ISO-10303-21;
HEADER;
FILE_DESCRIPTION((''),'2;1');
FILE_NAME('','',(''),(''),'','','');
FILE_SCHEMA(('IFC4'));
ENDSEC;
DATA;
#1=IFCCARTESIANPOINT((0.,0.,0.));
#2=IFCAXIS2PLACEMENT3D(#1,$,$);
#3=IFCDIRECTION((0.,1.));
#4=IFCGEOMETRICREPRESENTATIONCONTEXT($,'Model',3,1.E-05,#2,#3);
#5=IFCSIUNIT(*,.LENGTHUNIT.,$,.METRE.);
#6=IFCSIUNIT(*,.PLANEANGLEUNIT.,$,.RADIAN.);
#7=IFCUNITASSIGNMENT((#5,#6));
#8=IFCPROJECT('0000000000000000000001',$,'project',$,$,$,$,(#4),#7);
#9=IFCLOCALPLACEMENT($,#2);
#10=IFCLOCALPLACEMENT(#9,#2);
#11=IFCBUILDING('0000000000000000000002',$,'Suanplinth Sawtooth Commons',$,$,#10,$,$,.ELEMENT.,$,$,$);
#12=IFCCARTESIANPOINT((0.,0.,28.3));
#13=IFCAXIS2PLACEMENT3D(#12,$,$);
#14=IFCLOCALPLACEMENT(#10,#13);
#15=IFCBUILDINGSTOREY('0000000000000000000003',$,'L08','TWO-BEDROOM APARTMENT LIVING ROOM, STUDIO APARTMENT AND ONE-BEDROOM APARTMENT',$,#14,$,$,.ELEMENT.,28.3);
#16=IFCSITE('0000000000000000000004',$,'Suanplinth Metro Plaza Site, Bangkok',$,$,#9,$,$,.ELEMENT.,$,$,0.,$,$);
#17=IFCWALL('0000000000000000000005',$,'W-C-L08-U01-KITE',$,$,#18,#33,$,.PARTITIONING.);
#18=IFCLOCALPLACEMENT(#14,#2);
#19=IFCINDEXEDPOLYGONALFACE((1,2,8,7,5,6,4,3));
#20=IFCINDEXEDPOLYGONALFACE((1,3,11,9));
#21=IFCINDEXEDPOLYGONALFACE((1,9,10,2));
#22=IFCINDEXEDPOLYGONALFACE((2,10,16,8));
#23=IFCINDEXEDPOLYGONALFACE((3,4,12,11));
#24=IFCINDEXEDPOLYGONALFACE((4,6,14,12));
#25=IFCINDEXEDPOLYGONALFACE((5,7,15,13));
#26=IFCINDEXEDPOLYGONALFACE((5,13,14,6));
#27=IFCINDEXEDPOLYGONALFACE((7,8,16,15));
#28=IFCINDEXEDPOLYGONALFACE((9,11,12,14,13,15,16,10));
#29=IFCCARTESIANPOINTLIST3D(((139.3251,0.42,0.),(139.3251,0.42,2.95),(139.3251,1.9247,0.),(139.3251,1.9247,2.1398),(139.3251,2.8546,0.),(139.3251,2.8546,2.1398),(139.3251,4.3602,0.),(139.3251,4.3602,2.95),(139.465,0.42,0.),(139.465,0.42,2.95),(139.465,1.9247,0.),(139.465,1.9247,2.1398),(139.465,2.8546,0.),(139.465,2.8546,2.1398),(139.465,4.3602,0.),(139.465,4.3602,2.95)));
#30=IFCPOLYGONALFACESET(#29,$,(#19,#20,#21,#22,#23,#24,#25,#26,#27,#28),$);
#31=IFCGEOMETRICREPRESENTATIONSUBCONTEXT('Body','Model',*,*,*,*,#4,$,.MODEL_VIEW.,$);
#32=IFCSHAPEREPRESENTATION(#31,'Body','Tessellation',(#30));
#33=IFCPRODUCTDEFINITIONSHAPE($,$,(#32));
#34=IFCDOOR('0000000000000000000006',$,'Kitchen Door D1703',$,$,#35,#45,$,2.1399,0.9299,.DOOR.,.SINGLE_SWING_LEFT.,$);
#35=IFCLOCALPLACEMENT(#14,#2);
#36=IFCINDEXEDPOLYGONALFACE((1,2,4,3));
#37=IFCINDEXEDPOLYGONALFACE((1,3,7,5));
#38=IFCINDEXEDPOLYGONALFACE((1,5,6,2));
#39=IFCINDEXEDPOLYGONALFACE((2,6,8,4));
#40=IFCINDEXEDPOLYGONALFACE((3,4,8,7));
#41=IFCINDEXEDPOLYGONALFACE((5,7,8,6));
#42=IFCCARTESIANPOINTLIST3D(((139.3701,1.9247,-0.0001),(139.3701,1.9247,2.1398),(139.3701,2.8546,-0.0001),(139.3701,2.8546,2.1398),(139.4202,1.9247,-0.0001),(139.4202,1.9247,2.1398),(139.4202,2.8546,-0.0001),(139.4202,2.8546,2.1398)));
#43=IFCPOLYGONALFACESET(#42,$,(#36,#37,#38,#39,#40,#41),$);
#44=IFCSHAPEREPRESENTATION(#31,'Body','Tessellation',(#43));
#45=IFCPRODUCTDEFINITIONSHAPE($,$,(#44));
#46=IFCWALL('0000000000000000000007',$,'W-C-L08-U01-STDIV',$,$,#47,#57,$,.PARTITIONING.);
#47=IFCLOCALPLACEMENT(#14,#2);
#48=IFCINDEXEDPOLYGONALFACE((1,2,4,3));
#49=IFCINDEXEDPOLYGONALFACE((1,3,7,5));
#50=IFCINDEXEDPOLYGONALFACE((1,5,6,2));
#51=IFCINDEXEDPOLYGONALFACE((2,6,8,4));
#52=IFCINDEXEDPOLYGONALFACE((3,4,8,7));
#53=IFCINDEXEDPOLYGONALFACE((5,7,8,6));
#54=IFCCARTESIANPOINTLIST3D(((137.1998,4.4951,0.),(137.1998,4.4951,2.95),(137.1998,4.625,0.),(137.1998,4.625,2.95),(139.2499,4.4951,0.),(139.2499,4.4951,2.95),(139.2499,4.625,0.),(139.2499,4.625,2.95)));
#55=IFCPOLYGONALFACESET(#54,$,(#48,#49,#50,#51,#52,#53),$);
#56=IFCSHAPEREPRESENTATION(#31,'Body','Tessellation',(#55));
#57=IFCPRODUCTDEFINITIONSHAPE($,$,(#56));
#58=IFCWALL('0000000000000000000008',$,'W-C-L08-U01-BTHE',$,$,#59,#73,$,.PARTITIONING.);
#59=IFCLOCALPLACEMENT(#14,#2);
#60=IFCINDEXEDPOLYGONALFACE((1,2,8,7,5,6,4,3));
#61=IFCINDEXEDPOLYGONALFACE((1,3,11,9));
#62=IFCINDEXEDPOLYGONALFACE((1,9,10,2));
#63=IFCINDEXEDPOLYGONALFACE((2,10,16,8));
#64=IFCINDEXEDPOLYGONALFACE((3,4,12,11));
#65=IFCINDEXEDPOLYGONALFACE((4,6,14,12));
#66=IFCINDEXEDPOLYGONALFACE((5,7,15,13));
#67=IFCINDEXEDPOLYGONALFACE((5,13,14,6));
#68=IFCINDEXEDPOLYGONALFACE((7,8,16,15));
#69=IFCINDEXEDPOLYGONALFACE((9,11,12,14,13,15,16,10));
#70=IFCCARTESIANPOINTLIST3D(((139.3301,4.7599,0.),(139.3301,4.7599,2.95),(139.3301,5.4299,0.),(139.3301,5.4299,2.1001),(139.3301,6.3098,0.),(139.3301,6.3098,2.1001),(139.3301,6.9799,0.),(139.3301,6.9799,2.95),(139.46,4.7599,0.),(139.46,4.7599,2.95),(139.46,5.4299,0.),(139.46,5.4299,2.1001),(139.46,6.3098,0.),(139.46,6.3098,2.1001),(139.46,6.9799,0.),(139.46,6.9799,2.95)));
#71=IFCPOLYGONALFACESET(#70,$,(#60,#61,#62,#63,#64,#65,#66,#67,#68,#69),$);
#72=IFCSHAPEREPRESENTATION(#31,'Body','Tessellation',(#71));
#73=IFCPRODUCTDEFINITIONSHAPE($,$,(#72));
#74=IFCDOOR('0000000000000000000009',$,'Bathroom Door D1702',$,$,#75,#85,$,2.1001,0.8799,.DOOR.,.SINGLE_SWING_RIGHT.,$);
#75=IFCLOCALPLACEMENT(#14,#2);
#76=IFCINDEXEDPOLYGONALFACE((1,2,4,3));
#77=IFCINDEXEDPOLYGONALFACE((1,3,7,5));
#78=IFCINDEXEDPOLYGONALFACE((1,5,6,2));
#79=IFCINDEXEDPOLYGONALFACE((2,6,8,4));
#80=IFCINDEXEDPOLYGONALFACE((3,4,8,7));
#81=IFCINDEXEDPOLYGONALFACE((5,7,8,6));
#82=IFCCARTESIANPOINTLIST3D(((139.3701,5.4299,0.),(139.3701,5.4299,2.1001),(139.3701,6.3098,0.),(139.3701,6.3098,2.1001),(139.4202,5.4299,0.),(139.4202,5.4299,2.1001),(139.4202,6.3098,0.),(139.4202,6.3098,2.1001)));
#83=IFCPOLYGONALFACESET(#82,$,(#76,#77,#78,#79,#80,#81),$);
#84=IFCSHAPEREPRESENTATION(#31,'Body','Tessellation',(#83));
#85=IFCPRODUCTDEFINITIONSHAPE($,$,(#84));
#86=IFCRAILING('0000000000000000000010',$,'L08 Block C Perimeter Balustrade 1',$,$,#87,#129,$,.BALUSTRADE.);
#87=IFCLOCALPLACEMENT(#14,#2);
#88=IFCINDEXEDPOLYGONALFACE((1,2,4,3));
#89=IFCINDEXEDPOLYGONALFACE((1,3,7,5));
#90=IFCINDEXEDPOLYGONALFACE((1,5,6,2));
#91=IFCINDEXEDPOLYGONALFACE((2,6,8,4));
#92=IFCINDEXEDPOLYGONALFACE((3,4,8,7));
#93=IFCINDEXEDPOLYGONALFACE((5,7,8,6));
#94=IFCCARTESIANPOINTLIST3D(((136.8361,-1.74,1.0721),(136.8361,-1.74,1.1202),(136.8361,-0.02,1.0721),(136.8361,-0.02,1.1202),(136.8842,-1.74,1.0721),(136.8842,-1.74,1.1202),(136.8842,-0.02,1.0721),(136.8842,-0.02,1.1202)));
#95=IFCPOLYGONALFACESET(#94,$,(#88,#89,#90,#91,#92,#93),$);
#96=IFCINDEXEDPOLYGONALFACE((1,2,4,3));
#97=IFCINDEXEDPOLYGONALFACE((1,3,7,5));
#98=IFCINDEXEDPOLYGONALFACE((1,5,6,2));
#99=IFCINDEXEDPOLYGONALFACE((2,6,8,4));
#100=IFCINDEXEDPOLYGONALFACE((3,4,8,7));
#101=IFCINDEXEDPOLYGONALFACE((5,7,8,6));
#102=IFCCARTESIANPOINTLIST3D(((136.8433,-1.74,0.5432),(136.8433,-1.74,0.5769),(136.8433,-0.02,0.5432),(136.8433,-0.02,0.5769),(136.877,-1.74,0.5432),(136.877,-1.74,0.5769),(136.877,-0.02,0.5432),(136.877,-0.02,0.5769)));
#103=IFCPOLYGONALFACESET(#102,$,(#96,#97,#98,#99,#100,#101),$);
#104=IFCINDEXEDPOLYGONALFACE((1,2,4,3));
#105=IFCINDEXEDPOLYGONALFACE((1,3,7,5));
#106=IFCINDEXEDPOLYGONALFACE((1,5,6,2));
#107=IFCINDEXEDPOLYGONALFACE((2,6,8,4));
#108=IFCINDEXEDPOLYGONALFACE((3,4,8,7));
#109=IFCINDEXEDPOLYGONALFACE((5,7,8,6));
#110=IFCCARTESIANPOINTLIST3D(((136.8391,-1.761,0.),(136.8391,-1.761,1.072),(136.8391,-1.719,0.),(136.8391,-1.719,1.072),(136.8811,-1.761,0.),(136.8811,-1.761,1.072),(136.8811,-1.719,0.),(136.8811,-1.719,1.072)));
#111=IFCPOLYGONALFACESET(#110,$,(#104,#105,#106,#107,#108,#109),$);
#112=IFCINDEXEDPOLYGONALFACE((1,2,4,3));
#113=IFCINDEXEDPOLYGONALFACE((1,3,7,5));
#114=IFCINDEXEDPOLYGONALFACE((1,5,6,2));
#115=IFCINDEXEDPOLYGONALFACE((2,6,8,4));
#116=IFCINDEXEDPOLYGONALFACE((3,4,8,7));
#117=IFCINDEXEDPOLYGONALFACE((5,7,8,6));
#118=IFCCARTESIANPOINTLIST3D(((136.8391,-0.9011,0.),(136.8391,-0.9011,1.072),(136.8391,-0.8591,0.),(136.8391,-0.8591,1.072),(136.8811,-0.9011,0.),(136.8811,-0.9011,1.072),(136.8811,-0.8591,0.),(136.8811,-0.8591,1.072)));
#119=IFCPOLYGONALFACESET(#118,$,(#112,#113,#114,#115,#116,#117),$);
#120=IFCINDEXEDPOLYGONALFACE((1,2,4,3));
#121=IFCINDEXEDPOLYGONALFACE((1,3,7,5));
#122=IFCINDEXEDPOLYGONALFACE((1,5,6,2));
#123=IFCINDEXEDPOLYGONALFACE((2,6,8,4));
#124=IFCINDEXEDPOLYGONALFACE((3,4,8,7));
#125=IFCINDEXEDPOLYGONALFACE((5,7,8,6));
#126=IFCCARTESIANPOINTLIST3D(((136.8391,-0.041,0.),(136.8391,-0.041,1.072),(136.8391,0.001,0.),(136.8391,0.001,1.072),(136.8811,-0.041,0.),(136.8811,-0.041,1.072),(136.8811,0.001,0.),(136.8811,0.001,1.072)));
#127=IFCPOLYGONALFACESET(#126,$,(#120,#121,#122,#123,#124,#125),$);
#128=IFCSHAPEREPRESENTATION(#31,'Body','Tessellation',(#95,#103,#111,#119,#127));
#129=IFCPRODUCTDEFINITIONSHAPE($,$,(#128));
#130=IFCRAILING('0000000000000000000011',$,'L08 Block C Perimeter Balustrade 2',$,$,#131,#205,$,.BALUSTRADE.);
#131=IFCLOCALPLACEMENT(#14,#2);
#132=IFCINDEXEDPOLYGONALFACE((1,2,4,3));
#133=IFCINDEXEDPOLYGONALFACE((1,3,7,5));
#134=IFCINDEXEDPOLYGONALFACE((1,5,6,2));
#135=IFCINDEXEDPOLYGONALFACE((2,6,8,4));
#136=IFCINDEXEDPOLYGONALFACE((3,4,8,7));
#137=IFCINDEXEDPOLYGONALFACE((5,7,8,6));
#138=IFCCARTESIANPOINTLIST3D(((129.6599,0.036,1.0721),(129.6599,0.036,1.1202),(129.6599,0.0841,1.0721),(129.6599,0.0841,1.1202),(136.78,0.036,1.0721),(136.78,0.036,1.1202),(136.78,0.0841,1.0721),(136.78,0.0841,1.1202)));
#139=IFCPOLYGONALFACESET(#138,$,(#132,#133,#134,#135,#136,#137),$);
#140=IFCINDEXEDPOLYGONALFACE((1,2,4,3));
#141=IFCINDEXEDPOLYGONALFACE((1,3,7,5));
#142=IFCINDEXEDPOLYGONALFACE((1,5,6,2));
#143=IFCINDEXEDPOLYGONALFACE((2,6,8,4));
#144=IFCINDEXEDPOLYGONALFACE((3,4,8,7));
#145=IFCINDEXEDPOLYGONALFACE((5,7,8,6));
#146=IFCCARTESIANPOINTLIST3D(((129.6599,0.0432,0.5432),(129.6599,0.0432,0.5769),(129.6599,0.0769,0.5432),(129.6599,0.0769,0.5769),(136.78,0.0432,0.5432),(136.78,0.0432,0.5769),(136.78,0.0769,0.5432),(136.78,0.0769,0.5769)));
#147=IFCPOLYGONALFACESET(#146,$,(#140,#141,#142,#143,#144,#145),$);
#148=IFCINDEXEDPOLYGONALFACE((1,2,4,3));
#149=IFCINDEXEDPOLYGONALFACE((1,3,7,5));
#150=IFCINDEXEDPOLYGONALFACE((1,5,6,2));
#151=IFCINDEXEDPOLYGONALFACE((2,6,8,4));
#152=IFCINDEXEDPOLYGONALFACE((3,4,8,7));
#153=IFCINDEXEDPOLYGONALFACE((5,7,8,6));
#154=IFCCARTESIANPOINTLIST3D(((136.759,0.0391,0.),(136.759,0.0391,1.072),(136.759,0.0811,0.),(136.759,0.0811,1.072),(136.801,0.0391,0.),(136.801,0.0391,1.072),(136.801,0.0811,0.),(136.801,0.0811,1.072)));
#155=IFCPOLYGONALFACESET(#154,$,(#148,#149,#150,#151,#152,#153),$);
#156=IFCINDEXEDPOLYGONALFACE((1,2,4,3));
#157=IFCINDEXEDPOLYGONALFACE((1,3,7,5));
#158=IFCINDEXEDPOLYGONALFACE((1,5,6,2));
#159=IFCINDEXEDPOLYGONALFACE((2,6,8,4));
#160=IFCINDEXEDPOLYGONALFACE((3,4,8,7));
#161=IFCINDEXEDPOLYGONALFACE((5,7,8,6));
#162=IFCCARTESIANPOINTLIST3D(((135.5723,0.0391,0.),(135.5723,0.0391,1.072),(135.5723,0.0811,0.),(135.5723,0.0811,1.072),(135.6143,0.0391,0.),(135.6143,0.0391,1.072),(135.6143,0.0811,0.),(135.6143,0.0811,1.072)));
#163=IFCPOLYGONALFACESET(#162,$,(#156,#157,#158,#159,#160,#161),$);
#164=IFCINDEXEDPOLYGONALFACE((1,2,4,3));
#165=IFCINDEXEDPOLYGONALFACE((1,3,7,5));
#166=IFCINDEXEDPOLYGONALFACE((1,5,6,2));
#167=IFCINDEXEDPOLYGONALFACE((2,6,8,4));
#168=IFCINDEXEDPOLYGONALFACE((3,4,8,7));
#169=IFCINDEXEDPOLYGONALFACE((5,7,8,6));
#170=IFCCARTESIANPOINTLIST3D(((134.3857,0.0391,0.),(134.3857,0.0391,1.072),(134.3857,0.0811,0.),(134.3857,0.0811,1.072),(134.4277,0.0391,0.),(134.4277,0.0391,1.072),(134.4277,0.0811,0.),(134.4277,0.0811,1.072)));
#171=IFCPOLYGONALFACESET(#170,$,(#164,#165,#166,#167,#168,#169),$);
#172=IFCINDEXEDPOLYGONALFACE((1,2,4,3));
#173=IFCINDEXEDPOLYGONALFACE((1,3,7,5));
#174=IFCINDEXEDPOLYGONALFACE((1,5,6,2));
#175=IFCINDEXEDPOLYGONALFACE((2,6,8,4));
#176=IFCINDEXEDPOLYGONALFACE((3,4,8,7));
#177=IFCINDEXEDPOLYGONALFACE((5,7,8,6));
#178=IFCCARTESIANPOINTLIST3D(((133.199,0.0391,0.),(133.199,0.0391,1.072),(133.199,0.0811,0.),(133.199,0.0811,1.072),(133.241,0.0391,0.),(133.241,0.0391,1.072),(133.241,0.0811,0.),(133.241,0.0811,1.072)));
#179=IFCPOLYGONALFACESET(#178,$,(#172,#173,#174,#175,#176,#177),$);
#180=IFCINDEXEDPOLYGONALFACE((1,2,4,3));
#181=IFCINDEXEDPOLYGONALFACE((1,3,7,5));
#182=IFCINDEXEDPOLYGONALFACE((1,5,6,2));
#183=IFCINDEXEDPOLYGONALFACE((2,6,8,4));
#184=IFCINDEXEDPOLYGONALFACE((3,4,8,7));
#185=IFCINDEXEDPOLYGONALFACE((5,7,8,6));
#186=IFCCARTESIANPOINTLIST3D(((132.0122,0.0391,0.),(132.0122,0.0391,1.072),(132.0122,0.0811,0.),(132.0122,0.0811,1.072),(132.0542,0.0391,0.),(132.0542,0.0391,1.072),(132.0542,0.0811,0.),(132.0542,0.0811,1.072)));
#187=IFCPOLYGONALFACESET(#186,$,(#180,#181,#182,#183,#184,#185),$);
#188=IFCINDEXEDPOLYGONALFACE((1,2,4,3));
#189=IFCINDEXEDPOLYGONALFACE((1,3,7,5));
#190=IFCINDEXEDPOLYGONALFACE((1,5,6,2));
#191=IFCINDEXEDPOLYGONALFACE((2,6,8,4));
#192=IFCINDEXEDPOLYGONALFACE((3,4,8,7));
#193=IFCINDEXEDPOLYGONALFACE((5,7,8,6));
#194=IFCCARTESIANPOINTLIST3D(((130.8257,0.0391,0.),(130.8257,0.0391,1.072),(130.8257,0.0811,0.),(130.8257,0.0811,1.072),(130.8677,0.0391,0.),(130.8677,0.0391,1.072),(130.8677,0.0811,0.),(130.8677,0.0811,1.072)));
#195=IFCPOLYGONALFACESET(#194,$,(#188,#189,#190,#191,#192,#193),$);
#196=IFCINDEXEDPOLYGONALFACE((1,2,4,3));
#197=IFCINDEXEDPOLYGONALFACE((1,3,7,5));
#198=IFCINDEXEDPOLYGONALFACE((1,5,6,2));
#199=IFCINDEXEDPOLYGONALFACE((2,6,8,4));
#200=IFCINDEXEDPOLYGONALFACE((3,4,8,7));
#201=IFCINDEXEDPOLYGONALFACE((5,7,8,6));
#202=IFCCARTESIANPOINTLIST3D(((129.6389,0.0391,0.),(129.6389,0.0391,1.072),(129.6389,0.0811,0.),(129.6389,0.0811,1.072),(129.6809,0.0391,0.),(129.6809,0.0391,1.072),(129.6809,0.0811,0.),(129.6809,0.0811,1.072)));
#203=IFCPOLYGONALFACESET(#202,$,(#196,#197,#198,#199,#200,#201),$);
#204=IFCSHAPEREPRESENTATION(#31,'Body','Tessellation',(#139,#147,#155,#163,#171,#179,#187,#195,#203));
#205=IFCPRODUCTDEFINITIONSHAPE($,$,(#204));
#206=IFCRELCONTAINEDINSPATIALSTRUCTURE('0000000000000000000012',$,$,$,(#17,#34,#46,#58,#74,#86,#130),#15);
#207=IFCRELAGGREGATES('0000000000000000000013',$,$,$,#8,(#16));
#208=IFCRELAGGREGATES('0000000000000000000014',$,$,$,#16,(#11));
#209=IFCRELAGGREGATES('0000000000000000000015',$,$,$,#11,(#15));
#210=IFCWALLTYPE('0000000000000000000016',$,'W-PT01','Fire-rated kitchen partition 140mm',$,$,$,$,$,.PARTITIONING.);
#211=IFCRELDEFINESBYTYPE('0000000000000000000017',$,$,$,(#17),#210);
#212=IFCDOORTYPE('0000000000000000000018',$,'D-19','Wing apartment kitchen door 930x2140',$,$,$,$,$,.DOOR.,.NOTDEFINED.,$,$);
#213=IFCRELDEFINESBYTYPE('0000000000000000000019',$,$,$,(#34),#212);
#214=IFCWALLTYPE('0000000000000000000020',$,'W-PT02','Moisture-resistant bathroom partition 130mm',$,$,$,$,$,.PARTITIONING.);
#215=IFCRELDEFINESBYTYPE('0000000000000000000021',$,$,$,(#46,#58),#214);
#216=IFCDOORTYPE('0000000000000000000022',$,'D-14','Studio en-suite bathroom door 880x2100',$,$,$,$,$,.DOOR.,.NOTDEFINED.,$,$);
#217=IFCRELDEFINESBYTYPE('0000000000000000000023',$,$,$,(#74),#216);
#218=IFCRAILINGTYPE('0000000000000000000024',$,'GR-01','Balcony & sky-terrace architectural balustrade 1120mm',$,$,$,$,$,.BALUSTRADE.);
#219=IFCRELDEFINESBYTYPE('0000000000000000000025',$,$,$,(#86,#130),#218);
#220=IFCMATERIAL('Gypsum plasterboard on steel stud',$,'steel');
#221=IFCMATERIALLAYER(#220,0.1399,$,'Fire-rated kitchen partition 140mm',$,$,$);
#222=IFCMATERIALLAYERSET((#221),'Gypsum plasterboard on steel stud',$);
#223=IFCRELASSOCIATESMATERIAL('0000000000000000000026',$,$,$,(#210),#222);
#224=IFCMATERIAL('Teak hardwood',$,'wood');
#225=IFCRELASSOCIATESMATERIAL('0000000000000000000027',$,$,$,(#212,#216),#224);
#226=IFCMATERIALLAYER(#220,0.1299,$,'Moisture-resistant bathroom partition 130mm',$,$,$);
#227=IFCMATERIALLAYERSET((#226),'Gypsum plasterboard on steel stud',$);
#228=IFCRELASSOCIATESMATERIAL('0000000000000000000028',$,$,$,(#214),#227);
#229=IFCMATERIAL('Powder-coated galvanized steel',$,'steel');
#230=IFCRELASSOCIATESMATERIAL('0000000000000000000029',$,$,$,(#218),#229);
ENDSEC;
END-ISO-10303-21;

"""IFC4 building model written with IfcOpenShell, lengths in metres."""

from ifc_helpers import new_model, si_unit, direction, frame, frame_2d, origin, origin_2d, place, context, subcontext, project, spatial, rectangle, extrude, material, layer, layer_set, type_object, element, fill, save


model = new_model("IFC4")

# Units and contexts
model_context = context("Model", 3, precision=1e-05, world=origin(), true_north=direction((0.0, 1.0)))
body_context = subcontext(model_context, "Body", "Model", "MODEL_VIEW")
ifc_project = project(units=[si_unit("LENGTHUNIT", "METRE"), si_unit("PLANEANGLEUNIT", "RADIAN")], contexts=[model_context])

# Site, building, storey
site_placement = place(None, origin())
site = spatial("IfcSite", under=ifc_project, at=site_placement, Name="Suanplinth Metro Plaza Site, Bangkok", CompositionType="ELEMENT", RefElevation=0.0)
building_placement = place(site_placement, origin())
building = spatial("IfcBuilding", under=site, at=building_placement, Name="Suanplinth Sawtooth Commons", CompositionType="ELEMENT")
storey_placement = place(building_placement, frame((0.0, 0.0, 28.3)))
storey = spatial("IfcBuildingStorey", under=building, at=storey_placement, Name="L08", Description="TWO-BEDROOM APARTMENT LIVING ROOM, STUDIO APARTMENT AND ONE-BEDROOM APARTMENT", CompositionType="ELEMENT", Elevation=28.3)

# Wall, opening, door
ifc_material_1 = material(Name="Gypsum plasterboard on steel stud", Category="steel")
ifc_layer_1 = layer(ifc_material_1, 0.1399, Name="Fire-rated kitchen partition 140mm")
ifc_layer_set_1 = layer_set([ifc_layer_1], Name="Gypsum plasterboard on steel stud")
wall_type_1 = type_object("IfcWallType", Name="W-PT01", Description="Fire-rated kitchen partition 140mm", PredefinedType="PARTITIONING", material=ifc_layer_set_1)
wall_1_placement = place(storey_placement, frame((139.395, 0.4199, 0.0), z_axis=(0.0, 0.0, 1.0), x_axis=(0.0, 1.0, 0.0)))
wall_1 = element("IfcWall", 1, at=wall_1_placement, inside=storey, type_object=wall_type_1, Name="W-C-L08-U01-KITE", PredefinedType="PARTITIONING", context=body_context, shape_type="SweptSolid", body=[
    extrude(rectangle(XDim=3.9402, YDim=0.1399, at=frame_2d((1.9702, 0.0))), origin(), (0.0, 0.0, 1.0), 2.95),
])
opening_1_placement = place(wall_1_placement, frame((1.5049, 0.0, 0.0)))
opening_1 = element("IfcOpeningElement", 2, at=opening_1_placement, cuts=wall_1, PredefinedType="OPENING", context=body_context, shape_type="SweptSolid", body=[
    extrude(rectangle(XDim=0.9299, YDim=2.1399, at=frame_2d((0.4648, 1.0698))), frame((0.0, 0.085, 0.0), z_axis=(0.0, -1.0, 0.0), x_axis=(1.0, 0.0, 0.0)), (0.0, 0.0, 1.0), 0.1697),
])
ifc_material_2 = material(Name="Teak hardwood", Category="wood")
door_type_1 = type_object("IfcDoorType", Name="D-19", Description="Wing apartment kitchen door 930x2140", OperationType="NOTDEFINED", PredefinedType="DOOR", material=ifc_material_2)
door_1_placement = place(opening_1_placement, origin())
door_1 = element("IfcDoor", 3, at=door_1_placement, inside=storey, type_object=door_type_1, Name="Kitchen Door D1703", OperationType="SINGLE_SWING_LEFT", OverallHeight=2.1399, OverallWidth=0.9299, PredefinedType="DOOR", context=body_context, shape_type="SweptSolid", body=[
    extrude(rectangle(XDim=0.9299, YDim=2.1399, at=frame_2d((0.4648, 1.0698))), frame((0.0, 0.0249, 0.0), z_axis=(0.0, -1.0, 0.0), x_axis=(1.0, 0.0, 0.0)), (0.0, 0.0, 1.0), 0.05),
])
fill(opening_1, door_1)

# Wall
ifc_layer_2 = layer(ifc_material_1, 0.1299, Name="Moisture-resistant bathroom partition 130mm")
ifc_layer_set_2 = layer_set([ifc_layer_2], Name="Gypsum plasterboard on steel stud")
wall_type_2 = type_object("IfcWallType", Name="W-PT02", Description="Moisture-resistant bathroom partition 130mm", PredefinedType="PARTITIONING", material=ifc_layer_set_2)
wall_2_placement = place(storey_placement, frame((137.2, 4.5601, 0.0), z_axis=(0.0, 0.0, 1.0), x_axis=(1.0, 0.0, 0.0)))
element("IfcWall", 4, at=wall_2_placement, inside=storey, type_object=wall_type_2, Name="W-C-L08-U01-STDIV", PredefinedType="PARTITIONING", context=body_context, shape_type="SweptSolid", body=[
    extrude(rectangle(XDim=2.05, YDim=0.1299, at=frame_2d((1.0249, 0.0))), origin(), (0.0, 0.0, 1.0), 2.95),
])

# Wall, opening, door
wall_3_placement = place(storey_placement, frame((139.395, 4.76, 0.0), z_axis=(0.0, 0.0, 1.0), x_axis=(0.0, 1.0, 0.0)))
wall_3 = element("IfcWall", 5, at=wall_3_placement, inside=storey, type_object=wall_type_2, Name="W-C-L08-U01-BTHE", PredefinedType="PARTITIONING", context=body_context, shape_type="SweptSolid", body=[
    extrude(rectangle(XDim=2.22, YDim=0.1299, at=frame_2d((1.1099, 0.0))), origin(), (0.0, 0.0, 1.0), 2.95),
])
opening_2_placement = place(wall_3_placement, frame((0.6699, 0.0, 0.0)))
opening_2 = element("IfcOpeningElement", 6, at=opening_2_placement, cuts=wall_3, PredefinedType="OPENING", context=body_context, shape_type="SweptSolid", body=[
    extrude(rectangle(XDim=0.8799, YDim=2.1001, at=frame_2d((0.4399, 1.05))), frame((0.0, 0.0798, 0.0), z_axis=(0.0, -1.0, 0.0), x_axis=(1.0, 0.0, 0.0)), (0.0, 0.0, 1.0), 0.1597),
])
door_type_2 = type_object("IfcDoorType", Name="D-14", Description="Studio en-suite bathroom door 880x2100", OperationType="NOTDEFINED", PredefinedType="DOOR", material=ifc_material_2)
door_2_placement = place(opening_2_placement, origin())
door_2 = element("IfcDoor", 7, at=door_2_placement, inside=storey, type_object=door_type_2, Name="Bathroom Door D1702", OperationType="SINGLE_SWING_RIGHT", OverallHeight=2.1001, OverallWidth=0.8799, PredefinedType="DOOR", context=body_context, shape_type="SweptSolid", body=[
    extrude(rectangle(XDim=0.8799, YDim=2.1001, at=frame_2d((0.4399, 1.05))), frame((0.0, 0.0249, 0.0), z_axis=(0.0, -1.0, 0.0), x_axis=(1.0, 0.0, 0.0)), (0.0, 0.0, 1.0), 0.05),
])
fill(opening_2, door_2)

# Railings
ifc_material_3 = material(Name="Powder-coated galvanized steel", Category="steel")
railing_type = type_object("IfcRailingType", Name="GR-01", Description="Balcony & sky-terrace architectural balustrade 1120mm", PredefinedType="BALUSTRADE", material=ifc_material_3)
railing_1_placement = place(storey_placement, frame((136.8601, -1.74, 0.0)))
element("IfcRailing", 8, at=railing_1_placement, inside=storey, type_object=railing_type, Name="L08 Block C Perimeter Balustrade 1", PredefinedType="BALUSTRADE", context=body_context, shape_type="SweptSolid", body=[
    extrude(rectangle(XDim=0.0481, YDim=0.0481, at=origin_2d()), frame((0.0, 0.0, 1.0962), z_axis=(0.0, 1.0, 0.0), x_axis=(-1.0, 0.0, 0.0)), (0.0, 0.0, 1.0), 1.72),
    extrude(rectangle(XDim=0.0337, YDim=0.0337, at=origin_2d()), frame((0.0, 0.0, 0.5601), z_axis=(0.0, 1.0, 0.0), x_axis=(-1.0, 0.0, 0.0)), (0.0, 0.0, 1.0), 1.72),
    extrude(rectangle(XDim=0.042, YDim=0.042, at=origin_2d()), origin(), (0.0, 0.0, 1.0), 1.072),
    extrude(rectangle(XDim=0.042, YDim=0.042, at=origin_2d()), frame((0.0, 0.8599, 0.0)), (0.0, 0.0, 1.0), 1.072),
    extrude(rectangle(XDim=0.042, YDim=0.042, at=origin_2d()), frame((0.0, 1.72, 0.0)), (0.0, 0.0, 1.0), 1.072),
])
railing_2_placement = place(storey_placement, frame((136.78, 0.0601, 0.0)))
element("IfcRailing", 9, at=railing_2_placement, inside=storey, type_object=railing_type, Name="L08 Block C Perimeter Balustrade 2", PredefinedType="BALUSTRADE", context=body_context, shape_type="SweptSolid", body=[
    extrude(rectangle(XDim=0.0481, YDim=0.0481, at=origin_2d()), frame((0.0, 0.0, 1.0962), z_axis=(-1.0, 0.0, 0.0), x_axis=(0.0, -1.0, 0.0)), (0.0, 0.0, 1.0), 7.1201),
    extrude(rectangle(XDim=0.0337, YDim=0.0337, at=origin_2d()), frame((0.0, 0.0, 0.5601), z_axis=(-1.0, 0.0, 0.0), x_axis=(0.0, -1.0, 0.0)), (0.0, 0.0, 1.0), 7.1201),
    extrude(rectangle(XDim=0.042, YDim=0.042, at=origin_2d()), origin(), (0.0, 0.0, 1.0), 1.072),
    extrude(rectangle(XDim=0.042, YDim=0.042, at=origin_2d()), frame((-1.1868, 0.0, 0.0)), (0.0, 0.0, 1.0), 1.072),
    extrude(rectangle(XDim=0.042, YDim=0.042, at=origin_2d()), frame((-2.3733, 0.0, 0.0)), (0.0, 0.0, 1.0), 1.072),
    extrude(rectangle(XDim=0.042, YDim=0.042, at=origin_2d()), frame((-3.5601, 0.0, 0.0)), (0.0, 0.0, 1.0), 1.072),
    extrude(rectangle(XDim=0.042, YDim=0.042, at=origin_2d()), frame((-4.7468, 0.0, 0.0)), (0.0, 0.0, 1.0), 1.072),
    extrude(rectangle(XDim=0.042, YDim=0.042, at=origin_2d()), frame((-5.9333, 0.0, 0.0)), (0.0, 0.0, 1.0), 1.072),
    extrude(rectangle(XDim=0.042, YDim=0.042, at=origin_2d()), frame((-7.1201, 0.0, 0.0)), (0.0, 0.0, 1.0), 1.072),
])

save(model, "model.ifc")
